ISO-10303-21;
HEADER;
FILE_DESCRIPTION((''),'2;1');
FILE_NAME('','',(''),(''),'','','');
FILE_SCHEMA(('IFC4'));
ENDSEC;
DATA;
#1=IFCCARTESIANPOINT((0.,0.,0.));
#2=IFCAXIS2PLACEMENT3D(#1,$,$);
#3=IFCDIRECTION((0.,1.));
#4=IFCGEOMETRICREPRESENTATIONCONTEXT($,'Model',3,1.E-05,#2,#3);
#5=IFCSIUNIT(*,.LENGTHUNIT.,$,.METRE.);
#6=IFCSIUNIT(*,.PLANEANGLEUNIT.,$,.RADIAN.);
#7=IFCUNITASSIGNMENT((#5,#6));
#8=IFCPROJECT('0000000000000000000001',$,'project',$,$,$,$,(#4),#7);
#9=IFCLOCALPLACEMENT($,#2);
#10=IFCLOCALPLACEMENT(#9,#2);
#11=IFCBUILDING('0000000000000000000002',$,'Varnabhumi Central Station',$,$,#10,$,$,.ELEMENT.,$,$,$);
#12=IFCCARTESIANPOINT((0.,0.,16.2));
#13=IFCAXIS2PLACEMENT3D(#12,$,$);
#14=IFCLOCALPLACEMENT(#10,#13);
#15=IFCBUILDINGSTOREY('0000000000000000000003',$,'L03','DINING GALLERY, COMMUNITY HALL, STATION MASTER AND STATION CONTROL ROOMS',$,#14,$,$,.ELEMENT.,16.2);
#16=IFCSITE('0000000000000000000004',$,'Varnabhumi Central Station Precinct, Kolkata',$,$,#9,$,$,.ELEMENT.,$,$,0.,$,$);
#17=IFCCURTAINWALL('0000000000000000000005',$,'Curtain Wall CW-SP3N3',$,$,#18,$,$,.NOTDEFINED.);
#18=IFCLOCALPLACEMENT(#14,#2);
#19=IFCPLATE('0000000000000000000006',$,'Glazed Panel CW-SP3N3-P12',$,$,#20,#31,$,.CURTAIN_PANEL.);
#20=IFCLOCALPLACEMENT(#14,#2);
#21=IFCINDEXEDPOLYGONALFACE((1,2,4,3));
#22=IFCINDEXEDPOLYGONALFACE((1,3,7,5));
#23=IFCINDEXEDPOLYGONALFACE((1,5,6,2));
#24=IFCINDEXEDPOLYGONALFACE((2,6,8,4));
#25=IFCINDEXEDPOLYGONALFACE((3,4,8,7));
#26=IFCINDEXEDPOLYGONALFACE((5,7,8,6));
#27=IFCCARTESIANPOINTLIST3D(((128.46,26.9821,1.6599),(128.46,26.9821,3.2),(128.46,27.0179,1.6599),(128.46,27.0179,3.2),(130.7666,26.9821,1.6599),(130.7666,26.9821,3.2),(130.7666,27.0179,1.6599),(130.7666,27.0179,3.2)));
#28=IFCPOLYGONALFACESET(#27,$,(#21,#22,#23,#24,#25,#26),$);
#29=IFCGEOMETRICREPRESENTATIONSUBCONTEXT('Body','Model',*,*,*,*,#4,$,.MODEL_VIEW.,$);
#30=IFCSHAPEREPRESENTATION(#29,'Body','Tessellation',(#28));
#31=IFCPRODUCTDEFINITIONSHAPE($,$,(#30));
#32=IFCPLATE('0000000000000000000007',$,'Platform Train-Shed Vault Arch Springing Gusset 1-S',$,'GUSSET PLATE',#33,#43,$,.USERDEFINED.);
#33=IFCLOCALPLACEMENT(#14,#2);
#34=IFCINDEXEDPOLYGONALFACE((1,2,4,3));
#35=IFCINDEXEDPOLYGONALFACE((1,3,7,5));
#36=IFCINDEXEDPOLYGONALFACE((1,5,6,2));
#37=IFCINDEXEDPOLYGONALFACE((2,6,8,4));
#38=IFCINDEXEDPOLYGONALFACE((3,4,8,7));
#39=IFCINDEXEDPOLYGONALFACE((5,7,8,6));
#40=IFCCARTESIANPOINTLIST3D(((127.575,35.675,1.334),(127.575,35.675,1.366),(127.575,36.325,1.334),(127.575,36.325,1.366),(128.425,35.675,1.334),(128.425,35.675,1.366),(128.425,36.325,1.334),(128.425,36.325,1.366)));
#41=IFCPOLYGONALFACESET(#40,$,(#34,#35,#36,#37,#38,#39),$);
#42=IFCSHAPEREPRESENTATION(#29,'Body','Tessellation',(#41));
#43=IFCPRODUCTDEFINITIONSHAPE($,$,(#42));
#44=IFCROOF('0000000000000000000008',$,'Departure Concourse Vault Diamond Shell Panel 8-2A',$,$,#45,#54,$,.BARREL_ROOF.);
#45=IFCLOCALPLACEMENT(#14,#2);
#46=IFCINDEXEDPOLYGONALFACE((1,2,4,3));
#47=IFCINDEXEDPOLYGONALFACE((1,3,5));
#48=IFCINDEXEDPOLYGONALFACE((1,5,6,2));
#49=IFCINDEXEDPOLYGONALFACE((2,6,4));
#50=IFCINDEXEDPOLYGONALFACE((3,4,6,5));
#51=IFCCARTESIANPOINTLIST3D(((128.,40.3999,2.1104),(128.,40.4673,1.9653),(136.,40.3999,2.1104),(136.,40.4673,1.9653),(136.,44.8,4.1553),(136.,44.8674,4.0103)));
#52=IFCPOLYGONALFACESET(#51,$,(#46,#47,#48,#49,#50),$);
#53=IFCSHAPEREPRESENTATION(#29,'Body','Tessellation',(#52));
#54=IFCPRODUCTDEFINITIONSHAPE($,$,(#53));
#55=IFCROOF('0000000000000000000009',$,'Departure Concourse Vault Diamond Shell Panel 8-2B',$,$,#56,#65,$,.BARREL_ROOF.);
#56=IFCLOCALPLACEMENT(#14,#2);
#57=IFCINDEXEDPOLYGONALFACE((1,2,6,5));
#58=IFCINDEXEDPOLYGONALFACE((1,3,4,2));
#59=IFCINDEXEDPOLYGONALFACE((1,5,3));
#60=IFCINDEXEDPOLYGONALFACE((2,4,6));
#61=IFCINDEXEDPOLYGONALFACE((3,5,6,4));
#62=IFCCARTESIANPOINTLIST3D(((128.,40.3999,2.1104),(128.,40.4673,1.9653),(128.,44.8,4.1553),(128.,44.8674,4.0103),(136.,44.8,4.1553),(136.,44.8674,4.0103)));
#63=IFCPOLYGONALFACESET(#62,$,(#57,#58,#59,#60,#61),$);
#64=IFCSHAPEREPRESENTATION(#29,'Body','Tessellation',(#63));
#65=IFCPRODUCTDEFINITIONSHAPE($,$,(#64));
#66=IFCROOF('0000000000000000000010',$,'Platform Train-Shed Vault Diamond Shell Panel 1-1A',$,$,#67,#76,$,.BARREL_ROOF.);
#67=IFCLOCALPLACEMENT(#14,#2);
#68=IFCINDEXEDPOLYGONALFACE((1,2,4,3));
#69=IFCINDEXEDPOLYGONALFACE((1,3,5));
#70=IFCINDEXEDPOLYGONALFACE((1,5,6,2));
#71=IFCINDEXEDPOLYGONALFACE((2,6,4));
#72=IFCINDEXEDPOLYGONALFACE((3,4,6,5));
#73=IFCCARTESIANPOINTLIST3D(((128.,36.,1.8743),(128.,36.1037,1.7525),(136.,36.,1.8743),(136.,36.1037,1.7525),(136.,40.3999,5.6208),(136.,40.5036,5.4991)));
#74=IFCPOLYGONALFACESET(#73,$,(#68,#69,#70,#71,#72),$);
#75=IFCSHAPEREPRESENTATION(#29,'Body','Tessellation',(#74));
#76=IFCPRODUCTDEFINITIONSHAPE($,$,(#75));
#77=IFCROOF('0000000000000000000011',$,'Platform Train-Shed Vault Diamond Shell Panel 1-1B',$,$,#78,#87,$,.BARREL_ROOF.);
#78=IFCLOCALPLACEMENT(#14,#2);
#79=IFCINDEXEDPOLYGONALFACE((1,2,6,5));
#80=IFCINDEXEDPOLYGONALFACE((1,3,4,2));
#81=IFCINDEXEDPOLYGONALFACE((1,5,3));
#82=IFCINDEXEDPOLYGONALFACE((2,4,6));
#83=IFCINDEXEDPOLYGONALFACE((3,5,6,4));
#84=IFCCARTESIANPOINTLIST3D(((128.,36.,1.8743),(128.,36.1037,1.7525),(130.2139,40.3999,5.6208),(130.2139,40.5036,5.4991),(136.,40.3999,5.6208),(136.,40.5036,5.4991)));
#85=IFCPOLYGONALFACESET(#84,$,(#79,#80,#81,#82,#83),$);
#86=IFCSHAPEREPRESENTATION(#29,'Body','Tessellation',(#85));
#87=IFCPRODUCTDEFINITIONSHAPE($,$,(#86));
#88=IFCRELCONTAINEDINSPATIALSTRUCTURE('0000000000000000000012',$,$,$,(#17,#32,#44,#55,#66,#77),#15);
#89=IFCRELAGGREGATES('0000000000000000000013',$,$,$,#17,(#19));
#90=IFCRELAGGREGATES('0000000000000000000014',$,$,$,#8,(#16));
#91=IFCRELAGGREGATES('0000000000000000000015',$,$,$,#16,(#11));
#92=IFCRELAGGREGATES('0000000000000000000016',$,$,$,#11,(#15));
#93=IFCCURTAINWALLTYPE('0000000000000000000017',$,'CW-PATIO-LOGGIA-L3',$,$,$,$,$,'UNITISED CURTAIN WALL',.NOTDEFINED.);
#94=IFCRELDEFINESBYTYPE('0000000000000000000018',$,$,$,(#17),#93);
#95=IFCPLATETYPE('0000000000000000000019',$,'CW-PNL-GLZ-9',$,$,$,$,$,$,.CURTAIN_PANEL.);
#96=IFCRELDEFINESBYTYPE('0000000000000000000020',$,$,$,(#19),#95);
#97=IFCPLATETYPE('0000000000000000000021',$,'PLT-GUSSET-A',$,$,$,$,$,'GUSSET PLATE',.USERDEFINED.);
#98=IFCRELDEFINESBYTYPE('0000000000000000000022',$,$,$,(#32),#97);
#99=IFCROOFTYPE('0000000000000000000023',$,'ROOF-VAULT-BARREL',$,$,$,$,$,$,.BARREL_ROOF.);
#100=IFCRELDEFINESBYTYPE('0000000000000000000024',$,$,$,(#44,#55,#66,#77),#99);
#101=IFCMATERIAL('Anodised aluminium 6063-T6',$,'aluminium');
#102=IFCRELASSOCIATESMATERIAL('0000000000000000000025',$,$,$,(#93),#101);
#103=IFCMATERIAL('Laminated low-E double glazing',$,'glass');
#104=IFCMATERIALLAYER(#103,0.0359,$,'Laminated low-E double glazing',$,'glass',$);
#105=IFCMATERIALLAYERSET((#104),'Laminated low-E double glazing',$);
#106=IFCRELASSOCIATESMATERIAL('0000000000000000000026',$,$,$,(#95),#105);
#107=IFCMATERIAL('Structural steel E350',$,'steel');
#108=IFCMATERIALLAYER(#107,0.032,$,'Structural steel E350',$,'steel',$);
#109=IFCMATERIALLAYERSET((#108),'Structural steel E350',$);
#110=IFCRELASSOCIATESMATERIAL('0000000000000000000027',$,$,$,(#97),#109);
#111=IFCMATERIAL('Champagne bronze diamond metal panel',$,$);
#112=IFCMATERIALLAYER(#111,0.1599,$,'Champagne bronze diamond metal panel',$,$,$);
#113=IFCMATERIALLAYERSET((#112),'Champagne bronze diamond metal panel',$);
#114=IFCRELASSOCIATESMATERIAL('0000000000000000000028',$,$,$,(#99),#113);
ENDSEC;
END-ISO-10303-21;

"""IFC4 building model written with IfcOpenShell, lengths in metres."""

from ifc_helpers import new_model, si_unit, direction, frame, origin, origin_2d, place, context, subcontext, project, spatial, polyline, rectangle, outline, extrude, material, layer, layer_set, type_object, element, aggregate, save


model = new_model("IFC4")

# Units and contexts
model_context = context("Model", 3, precision=1e-05, world=origin(), true_north=direction((0.0, 1.0)))
body_context = subcontext(model_context, "Body", "Model", "MODEL_VIEW")
ifc_project = project(units=[si_unit("LENGTHUNIT", "METRE"), si_unit("PLANEANGLEUNIT", "RADIAN")], contexts=[model_context])

# Site, building, storey
site_placement = place(None, origin())
site = spatial("IfcSite", under=ifc_project, at=site_placement, Name="Varnabhumi Central Station Precinct, Kolkata", CompositionType="ELEMENT", RefElevation=0.0)
building_placement = place(site_placement, origin())
building = spatial("IfcBuilding", under=site, at=building_placement, Name="Varnabhumi Central Station", CompositionType="ELEMENT")
storey_placement = place(building_placement, frame((0.0, 0.0, 16.2)))
storey = spatial("IfcBuildingStorey", under=building, at=storey_placement, Name="L03", Description="DINING GALLERY, COMMUNITY HALL, STATION MASTER AND STATION CONTROL ROOMS", CompositionType="ELEMENT", Elevation=16.2)

# Shared definitions
ifc_material_1 = material(Name="Structural steel E350", Category="steel")

# Shared definitions
ifc_material_2 = material(Name="Anodised aluminium 6063-T6", Category="aluminium")

# Shared definitions
curtain_wall_type_1 = type_object("IfcCurtainWallType", Name="CW-PATIO-LOGGIA-L3", ElementType="UNITISED CURTAIN WALL", PredefinedType="NOTDEFINED", material=ifc_material_2)

# Curtain wall
curtain_wall_1_placement = place(storey_placement, origin())
curtain_wall_1 = element("IfcCurtainWall", 1, at=curtain_wall_1_placement, inside=storey, type_object=curtain_wall_type_1, Name="Curtain Wall CW-SP3N3", PredefinedType="NOTDEFINED")

# Plates
ifc_material_3 = material(Name="Laminated low-E double glazing", Category="glass")
ifc_layer_1 = layer(ifc_material_3, 0.0359, Name="Laminated low-E double glazing", Category="glass")
ifc_layer_set_1 = layer_set([ifc_layer_1], Name="Laminated low-E double glazing")
plate_type_1 = type_object("IfcPlateType", Name="CW-PNL-GLZ-9", PredefinedType="CURTAIN_PANEL", material=ifc_layer_set_1)
plate_1_placement = place(storey_placement, frame((129.6133, 27.0, 1.6599), z_axis=(0.0, 0.0, 1.0), x_axis=(1.0, 0.0, 0.0)))
plate_1 = element("IfcPlate", 2, at=plate_1_placement, type_object=plate_type_1, Name="Glazed Panel CW-SP3N3-P12", PredefinedType="CURTAIN_PANEL", context=body_context, shape_type="SweptSolid", body=[
    extrude(rectangle(XDim=2.3066, YDim=0.0359, at=origin_2d()), origin(), (0.0, 0.0, 1.0), 1.54),
])
aggregate(curtain_wall_1, [plate_1])
ifc_layer_2 = layer(ifc_material_1, 0.032, Name="Structural steel E350", Category="steel")
ifc_layer_set_2 = layer_set([ifc_layer_2], Name="Structural steel E350")
plate_type_2 = type_object("IfcPlateType", Name="PLT-GUSSET-A", ElementType="GUSSET PLATE", PredefinedType="USERDEFINED", material=ifc_layer_set_2)
plate_2_placement = place(storey_placement, frame((128.0, 36.0, 1.334), z_axis=(0.0, 0.0, 1.0), x_axis=(1.0, 0.0, 0.0)))
element("IfcPlate", 3, at=plate_2_placement, inside=storey, type_object=plate_type_2, Name="Platform Train-Shed Vault Arch Springing Gusset 1-S", ObjectType="GUSSET PLATE", PredefinedType="USERDEFINED", context=body_context, shape_type="SweptSolid", body=[
    extrude(rectangle(XDim=0.8501, YDim=0.6499, at=origin_2d()), origin(), (0.0, 0.0, 1.0), 0.032),
])

# Roofs
ifc_material_4 = material(Name="Champagne bronze diamond metal panel")
ifc_layer_3 = layer(ifc_material_4, 0.1599, Name="Champagne bronze diamond metal panel")
ifc_layer_set_3 = layer_set([ifc_layer_3], Name="Champagne bronze diamond metal panel")
roof_type = type_object("IfcRoofType", Name="ROOF-VAULT-BARREL", PredefinedType="BARREL_ROOF", material=ifc_layer_set_3)
roof_1_placement = place(storey_placement, frame((128.0, 40.3999, 2.1104), z_axis=(0.0, -0.42145, 0.906852), x_axis=(1.0, 0.0, 0.0)))
element("IfcRoof", 4, at=roof_1_placement, inside=storey, type_object=roof_type, Name="Departure Concourse Vault Diamond Shell Panel 8-2A", PredefinedType="BARREL_ROOF", context=body_context, shape_type="SweptSolid", body=[
    extrude(outline(polyline([(0.0, 0.0), (8.0, 0.0), (8.0, 4.8521), (0.0, 0.0)])), origin(), (0.0, 0.0, -1.0), 0.1599),
])
roof_2_placement = place(storey_placement, frame((128.0, 40.3999, 2.1104), z_axis=(0.0, -0.42145, 0.906852), x_axis=(0.855026, 0.47028, 0.218558)))
element("IfcRoof", 5, at=roof_2_placement, inside=storey, type_object=roof_type, Name="Departure Concourse Vault Diamond Shell Panel 8-2B", PredefinedType="BARREL_ROOF", context=body_context, shape_type="SweptSolid", body=[
    extrude(outline(polyline([(0.0, 0.0), (9.3564, 0.0), (2.5162, 4.1487), (0.0, 0.0)])), origin(), (0.0, 0.0, -1.0), 0.1599),
])
roof_3_placement = place(storey_placement, frame((128.0, 36.0, 1.8743), z_axis=(0.0, -0.648318, 0.76137), x_axis=(1.0, 0.0, 0.0)))
element("IfcRoof", 6, at=roof_3_placement, inside=storey, type_object=roof_type, Name="Platform Train-Shed Vault Diamond Shell Panel 1-1A", PredefinedType="BARREL_ROOF", context=body_context, shape_type="SweptSolid", body=[
    extrude(outline(polyline([(0.0, 0.0), (8.0, 0.0), (8.0, 5.7789), (0.0, 0.0)])), origin(), (0.0, 0.0, -1.0), 0.1599),
])
roof_4_placement = place(storey_placement, frame((128.0, 36.0, 1.8743), z_axis=(0.0, -0.648318, 0.76137), x_axis=(0.810624, 0.445833, 0.379634)))
element("IfcRoof", 7, at=roof_4_placement, inside=storey, type_object=roof_type, Name="Platform Train-Shed Vault Diamond Shell Panel 1-1B", PredefinedType="BARREL_ROOF", context=body_context, shape_type="SweptSolid", body=[
    extrude(outline(polyline([(0.0, 0.0), (9.8689, 0.0), (5.1786, 3.3882), (0.0, 0.0)])), origin(), (0.0, 0.0, -1.0), 0.1599),
])

save(model, "model.ifc")
